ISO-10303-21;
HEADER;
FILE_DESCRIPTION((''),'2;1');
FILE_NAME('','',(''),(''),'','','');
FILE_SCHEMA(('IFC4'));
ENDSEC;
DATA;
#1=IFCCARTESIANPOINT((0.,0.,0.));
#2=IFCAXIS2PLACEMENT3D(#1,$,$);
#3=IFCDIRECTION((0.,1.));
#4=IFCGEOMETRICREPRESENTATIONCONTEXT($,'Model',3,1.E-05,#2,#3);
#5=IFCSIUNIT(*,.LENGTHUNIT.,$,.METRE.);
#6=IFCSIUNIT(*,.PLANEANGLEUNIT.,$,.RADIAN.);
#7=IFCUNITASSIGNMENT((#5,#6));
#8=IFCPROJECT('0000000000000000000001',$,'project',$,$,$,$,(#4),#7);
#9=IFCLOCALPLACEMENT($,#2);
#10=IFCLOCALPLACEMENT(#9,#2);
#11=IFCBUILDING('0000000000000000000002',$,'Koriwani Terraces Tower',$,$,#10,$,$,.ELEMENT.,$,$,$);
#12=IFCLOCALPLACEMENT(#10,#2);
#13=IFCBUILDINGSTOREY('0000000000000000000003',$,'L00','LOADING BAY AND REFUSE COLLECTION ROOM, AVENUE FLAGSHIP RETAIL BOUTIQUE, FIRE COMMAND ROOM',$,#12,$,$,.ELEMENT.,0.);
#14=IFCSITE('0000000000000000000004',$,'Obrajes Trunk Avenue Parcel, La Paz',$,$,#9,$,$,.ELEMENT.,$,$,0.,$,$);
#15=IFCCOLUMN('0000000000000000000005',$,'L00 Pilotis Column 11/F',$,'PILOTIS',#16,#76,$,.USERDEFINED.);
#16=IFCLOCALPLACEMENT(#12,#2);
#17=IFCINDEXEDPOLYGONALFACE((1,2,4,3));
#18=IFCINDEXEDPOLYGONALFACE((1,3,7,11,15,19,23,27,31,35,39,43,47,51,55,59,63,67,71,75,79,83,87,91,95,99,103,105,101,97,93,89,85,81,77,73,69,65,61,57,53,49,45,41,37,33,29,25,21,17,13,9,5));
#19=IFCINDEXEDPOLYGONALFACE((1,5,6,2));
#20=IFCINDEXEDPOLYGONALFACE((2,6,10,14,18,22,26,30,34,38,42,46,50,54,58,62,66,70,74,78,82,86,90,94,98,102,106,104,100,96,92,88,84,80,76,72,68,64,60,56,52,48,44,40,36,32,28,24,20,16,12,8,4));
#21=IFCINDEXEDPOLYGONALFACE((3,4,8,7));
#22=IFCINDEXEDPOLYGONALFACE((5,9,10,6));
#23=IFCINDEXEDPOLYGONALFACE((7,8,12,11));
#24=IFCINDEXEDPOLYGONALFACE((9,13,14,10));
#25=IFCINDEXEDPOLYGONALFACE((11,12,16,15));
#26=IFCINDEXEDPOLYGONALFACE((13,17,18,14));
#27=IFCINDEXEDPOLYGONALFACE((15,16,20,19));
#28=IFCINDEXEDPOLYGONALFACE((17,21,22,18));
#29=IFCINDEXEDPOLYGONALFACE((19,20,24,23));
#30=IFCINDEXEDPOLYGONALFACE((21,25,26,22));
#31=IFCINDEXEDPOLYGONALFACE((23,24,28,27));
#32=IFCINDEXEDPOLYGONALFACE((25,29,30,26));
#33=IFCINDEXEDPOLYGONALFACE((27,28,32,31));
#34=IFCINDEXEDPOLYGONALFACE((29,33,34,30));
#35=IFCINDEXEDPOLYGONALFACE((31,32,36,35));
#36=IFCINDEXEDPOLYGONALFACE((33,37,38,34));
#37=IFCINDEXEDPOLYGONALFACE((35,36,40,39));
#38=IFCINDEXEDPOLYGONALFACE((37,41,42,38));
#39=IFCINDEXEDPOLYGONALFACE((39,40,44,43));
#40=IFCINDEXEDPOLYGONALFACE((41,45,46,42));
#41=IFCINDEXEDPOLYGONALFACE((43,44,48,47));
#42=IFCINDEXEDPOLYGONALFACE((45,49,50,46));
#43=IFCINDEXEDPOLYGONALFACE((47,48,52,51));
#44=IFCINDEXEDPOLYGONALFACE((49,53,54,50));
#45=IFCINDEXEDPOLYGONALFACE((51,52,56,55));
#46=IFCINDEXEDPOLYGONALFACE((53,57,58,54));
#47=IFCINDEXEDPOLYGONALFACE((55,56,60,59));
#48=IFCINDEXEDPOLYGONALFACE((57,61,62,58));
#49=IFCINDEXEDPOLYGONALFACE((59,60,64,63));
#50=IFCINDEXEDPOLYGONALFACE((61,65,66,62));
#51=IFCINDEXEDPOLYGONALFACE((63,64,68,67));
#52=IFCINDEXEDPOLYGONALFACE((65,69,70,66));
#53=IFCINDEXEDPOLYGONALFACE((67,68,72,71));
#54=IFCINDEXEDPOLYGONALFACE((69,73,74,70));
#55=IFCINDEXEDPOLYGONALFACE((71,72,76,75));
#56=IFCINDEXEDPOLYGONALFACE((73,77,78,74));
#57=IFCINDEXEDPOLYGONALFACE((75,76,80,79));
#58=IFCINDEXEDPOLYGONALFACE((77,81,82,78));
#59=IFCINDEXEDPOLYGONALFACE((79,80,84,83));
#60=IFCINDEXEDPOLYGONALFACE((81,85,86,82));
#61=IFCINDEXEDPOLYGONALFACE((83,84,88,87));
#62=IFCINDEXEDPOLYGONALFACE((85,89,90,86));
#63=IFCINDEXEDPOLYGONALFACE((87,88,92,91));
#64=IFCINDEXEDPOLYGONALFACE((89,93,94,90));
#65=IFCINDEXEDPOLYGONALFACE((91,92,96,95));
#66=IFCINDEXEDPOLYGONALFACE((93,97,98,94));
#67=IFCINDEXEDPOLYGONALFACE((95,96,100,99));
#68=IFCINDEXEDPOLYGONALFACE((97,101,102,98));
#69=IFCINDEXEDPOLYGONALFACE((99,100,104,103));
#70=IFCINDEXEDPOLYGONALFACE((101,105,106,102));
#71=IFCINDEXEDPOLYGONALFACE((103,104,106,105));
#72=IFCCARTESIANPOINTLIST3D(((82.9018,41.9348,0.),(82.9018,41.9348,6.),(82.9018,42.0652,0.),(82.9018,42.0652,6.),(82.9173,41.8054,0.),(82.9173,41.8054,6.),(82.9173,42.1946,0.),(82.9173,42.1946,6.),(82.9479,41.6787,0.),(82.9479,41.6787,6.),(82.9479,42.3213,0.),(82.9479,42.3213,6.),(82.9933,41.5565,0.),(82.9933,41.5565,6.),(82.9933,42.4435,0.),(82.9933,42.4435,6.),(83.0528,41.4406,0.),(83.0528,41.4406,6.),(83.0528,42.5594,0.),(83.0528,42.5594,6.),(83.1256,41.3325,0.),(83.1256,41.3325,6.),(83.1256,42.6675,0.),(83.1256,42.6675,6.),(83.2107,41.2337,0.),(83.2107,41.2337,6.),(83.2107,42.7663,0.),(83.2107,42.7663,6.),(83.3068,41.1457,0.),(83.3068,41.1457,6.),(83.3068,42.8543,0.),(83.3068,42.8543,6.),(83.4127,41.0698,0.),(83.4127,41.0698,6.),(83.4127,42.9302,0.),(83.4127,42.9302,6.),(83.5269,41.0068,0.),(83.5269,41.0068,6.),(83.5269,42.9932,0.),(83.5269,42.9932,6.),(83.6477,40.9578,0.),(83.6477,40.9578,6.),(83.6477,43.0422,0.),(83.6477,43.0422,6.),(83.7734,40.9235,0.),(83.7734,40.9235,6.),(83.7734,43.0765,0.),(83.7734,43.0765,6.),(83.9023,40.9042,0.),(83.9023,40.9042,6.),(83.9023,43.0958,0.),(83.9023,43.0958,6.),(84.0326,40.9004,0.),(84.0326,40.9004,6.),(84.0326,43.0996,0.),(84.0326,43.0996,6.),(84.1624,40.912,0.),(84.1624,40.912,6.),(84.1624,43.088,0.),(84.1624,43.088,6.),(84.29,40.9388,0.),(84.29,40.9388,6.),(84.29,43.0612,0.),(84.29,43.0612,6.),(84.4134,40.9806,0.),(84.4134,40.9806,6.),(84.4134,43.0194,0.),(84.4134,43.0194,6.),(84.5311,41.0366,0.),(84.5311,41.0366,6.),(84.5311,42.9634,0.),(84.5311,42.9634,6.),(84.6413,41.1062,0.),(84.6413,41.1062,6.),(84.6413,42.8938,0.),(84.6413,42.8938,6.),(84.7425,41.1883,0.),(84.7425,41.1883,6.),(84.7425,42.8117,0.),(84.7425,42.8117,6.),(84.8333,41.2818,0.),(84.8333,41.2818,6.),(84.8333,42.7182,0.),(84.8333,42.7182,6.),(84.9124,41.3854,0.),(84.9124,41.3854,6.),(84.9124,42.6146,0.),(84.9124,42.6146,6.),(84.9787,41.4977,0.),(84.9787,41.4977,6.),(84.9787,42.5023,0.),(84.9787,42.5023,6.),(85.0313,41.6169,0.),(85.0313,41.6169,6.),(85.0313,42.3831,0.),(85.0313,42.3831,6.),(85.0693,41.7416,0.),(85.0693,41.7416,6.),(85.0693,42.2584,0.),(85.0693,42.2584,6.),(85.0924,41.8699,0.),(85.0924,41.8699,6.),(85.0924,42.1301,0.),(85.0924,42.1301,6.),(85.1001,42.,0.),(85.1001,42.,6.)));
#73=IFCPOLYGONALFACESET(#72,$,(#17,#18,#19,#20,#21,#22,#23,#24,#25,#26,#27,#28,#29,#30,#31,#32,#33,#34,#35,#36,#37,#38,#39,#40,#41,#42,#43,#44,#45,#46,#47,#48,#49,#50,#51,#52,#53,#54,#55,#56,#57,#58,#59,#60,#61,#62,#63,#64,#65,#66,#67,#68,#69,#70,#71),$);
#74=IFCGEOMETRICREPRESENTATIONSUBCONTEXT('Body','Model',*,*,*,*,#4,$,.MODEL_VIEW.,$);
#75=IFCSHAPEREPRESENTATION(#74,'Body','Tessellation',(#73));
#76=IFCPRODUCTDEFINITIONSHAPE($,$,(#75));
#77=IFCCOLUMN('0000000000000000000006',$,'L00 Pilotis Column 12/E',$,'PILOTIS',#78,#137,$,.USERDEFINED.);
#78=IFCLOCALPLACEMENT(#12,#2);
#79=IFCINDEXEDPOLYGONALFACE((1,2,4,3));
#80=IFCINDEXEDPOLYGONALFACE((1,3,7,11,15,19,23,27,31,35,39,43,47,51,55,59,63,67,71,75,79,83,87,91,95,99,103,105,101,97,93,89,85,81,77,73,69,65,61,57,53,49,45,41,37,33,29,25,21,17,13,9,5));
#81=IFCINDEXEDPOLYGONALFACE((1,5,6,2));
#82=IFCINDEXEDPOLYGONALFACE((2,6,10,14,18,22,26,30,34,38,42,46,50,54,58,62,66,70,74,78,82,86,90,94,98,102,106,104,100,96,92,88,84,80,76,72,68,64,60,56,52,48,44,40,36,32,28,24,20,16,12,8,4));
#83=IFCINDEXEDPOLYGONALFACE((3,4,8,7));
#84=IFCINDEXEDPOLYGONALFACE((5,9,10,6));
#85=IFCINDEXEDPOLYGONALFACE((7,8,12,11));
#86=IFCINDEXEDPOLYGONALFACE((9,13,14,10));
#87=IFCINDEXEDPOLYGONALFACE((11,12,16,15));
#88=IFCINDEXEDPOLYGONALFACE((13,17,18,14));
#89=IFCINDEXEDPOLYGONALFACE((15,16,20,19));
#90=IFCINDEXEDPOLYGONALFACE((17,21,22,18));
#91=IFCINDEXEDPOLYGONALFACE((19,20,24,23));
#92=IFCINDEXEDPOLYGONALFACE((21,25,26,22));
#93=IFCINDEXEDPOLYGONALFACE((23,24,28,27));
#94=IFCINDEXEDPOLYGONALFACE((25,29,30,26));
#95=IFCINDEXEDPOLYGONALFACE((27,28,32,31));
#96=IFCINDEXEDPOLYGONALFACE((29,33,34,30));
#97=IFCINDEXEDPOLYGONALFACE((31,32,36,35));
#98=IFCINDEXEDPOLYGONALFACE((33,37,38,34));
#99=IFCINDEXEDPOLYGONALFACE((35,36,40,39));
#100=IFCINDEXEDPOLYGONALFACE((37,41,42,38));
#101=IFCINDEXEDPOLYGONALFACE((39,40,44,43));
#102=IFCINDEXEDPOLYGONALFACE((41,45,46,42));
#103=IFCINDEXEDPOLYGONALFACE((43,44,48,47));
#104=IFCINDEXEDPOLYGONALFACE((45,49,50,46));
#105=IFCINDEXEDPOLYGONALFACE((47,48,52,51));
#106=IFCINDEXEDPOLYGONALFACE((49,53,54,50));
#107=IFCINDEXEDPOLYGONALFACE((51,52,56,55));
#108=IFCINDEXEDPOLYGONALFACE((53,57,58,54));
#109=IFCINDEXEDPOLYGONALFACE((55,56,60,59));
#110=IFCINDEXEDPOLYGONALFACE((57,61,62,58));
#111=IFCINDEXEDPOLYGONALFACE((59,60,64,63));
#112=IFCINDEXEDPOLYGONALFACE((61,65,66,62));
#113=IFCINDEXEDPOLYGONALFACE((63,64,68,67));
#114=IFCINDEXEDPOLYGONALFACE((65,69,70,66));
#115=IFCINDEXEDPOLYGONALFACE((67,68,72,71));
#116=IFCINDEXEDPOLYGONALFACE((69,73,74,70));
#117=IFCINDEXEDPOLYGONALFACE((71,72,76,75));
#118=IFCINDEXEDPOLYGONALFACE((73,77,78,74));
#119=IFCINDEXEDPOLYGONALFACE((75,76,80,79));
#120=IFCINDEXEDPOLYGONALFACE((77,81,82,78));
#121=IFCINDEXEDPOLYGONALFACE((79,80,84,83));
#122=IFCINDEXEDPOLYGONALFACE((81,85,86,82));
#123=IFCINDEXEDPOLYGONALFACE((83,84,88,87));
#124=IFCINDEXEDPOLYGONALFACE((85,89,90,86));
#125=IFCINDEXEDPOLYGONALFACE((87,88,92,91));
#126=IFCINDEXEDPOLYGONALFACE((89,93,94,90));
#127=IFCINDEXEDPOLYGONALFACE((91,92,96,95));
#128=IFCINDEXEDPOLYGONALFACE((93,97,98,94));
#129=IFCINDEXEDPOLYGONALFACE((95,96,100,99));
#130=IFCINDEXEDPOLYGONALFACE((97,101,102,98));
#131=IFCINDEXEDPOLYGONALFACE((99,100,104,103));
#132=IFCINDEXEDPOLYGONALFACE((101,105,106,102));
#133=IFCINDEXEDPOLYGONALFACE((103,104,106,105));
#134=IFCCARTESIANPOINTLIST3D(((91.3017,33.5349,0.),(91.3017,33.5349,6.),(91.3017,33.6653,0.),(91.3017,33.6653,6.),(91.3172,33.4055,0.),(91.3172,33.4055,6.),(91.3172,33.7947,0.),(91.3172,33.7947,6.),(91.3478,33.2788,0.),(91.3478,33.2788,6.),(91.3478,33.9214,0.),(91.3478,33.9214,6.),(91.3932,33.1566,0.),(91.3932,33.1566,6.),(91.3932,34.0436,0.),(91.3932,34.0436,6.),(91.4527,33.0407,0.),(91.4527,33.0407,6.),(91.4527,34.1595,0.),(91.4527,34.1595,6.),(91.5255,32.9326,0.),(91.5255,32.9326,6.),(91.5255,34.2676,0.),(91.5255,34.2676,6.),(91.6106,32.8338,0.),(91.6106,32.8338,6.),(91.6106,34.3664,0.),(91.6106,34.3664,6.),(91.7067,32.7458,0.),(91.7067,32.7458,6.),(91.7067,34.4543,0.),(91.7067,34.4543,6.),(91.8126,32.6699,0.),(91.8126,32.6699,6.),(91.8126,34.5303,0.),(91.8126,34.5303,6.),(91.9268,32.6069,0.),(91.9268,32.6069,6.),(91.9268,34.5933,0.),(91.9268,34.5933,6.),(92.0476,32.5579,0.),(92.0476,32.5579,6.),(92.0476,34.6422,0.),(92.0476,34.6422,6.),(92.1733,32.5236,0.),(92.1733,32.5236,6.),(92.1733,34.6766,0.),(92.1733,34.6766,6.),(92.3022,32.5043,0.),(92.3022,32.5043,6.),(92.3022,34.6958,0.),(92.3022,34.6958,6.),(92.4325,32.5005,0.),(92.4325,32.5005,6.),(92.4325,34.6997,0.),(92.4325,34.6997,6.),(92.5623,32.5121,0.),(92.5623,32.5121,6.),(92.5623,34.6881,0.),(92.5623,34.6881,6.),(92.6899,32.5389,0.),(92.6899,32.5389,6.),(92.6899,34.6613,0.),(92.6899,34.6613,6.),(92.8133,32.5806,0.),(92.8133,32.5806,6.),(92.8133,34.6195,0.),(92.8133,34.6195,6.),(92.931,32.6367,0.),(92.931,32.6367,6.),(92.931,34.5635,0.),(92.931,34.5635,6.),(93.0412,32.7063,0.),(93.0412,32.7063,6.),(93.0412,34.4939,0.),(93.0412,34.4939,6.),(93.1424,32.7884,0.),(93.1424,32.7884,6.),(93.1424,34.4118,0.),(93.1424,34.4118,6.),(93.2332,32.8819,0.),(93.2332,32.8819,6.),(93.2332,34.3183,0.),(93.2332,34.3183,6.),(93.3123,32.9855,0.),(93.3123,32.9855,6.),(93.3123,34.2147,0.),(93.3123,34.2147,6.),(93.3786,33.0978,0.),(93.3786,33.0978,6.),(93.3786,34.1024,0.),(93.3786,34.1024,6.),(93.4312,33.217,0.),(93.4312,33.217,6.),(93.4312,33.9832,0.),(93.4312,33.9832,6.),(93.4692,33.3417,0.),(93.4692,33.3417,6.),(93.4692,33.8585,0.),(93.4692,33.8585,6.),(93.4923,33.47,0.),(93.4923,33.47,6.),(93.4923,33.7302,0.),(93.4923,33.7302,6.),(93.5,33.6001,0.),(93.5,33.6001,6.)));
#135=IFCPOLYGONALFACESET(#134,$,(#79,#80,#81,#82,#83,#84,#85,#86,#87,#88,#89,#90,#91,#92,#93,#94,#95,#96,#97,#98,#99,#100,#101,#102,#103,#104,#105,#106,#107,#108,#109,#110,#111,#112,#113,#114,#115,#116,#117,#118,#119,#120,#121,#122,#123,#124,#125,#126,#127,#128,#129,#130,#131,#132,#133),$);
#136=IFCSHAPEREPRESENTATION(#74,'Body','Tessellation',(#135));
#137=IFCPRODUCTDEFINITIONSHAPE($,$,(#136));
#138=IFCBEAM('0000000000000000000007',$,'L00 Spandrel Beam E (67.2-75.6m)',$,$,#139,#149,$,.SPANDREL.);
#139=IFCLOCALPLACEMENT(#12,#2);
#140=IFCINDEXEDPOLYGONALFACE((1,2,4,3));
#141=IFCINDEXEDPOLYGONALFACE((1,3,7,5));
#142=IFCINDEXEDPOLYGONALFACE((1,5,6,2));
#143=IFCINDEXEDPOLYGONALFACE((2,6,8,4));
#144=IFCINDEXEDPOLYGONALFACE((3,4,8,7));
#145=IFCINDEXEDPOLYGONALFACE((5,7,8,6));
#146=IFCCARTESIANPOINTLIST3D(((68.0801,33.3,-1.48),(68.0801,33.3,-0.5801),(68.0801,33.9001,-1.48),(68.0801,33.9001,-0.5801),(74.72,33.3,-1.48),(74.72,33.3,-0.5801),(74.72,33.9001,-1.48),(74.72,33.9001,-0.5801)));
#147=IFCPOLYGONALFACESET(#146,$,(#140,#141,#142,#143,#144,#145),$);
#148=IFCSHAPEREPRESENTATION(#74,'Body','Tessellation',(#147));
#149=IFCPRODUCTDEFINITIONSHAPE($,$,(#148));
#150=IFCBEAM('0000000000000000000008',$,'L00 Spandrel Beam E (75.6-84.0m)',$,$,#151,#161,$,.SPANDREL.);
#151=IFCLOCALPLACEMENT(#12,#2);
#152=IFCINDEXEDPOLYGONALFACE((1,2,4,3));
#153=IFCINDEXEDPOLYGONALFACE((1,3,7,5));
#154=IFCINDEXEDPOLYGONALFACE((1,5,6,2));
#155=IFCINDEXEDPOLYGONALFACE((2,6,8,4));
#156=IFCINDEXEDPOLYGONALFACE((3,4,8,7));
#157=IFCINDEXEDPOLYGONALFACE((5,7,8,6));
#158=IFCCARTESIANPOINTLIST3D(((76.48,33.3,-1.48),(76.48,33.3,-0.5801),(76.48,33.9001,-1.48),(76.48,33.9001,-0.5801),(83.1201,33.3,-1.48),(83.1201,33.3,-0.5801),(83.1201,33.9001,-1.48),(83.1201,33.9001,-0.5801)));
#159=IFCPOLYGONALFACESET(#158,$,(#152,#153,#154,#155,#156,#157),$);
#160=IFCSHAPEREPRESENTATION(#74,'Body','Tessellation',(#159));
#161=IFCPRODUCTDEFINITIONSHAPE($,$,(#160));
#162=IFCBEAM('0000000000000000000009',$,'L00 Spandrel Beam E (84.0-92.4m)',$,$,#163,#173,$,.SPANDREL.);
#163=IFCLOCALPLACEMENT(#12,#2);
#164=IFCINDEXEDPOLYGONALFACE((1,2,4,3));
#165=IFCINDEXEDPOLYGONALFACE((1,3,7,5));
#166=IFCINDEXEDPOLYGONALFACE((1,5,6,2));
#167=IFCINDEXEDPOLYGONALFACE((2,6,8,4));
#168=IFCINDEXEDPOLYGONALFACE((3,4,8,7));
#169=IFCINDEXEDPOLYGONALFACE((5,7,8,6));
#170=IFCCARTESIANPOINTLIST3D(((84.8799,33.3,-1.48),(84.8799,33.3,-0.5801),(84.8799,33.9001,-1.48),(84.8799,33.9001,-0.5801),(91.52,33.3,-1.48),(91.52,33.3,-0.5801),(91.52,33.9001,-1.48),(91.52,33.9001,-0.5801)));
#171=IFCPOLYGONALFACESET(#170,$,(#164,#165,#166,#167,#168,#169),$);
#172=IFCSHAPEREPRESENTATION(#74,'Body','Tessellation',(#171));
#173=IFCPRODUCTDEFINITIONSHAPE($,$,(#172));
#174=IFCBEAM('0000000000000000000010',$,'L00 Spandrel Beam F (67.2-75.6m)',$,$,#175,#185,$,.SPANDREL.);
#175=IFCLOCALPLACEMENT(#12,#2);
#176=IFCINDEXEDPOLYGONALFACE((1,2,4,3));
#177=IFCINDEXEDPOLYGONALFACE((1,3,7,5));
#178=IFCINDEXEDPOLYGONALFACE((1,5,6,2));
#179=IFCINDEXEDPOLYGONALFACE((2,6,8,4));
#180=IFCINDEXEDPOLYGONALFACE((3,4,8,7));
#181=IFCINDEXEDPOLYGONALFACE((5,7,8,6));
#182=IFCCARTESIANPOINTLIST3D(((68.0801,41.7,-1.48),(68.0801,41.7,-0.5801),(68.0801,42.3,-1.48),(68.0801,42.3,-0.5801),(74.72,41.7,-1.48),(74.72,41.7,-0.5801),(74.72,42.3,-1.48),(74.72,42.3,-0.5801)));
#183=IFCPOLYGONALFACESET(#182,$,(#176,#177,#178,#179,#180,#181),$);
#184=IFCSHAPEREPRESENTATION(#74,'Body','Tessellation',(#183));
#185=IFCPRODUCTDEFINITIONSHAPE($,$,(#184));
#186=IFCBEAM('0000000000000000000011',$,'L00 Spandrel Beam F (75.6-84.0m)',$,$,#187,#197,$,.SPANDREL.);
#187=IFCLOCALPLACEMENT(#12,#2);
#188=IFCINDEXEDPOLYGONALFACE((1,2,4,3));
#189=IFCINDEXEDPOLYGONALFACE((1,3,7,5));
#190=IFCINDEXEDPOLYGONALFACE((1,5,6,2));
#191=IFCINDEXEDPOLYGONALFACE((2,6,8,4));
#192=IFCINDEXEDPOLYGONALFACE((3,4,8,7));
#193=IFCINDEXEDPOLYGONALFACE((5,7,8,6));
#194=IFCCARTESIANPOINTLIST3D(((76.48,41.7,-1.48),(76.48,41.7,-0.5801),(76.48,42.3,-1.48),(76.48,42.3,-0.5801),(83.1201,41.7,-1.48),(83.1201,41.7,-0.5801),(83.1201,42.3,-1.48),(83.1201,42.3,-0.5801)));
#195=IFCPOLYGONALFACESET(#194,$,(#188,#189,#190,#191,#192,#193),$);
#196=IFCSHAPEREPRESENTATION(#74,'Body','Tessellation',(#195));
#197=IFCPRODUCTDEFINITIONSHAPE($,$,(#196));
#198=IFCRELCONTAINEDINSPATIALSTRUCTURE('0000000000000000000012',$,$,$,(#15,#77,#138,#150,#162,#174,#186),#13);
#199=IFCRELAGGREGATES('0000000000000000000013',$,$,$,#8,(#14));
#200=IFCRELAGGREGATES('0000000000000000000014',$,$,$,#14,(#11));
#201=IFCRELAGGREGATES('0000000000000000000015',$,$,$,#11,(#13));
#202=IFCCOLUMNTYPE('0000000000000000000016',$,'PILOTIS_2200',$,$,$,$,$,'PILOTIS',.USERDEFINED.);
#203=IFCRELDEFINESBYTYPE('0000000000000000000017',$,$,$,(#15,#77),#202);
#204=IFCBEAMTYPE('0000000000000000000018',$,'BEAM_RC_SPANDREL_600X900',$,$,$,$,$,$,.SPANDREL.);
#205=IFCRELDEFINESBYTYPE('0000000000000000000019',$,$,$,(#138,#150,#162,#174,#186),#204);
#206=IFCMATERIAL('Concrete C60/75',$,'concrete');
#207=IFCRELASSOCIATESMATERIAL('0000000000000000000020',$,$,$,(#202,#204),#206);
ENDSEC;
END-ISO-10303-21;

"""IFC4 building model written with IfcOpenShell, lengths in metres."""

from ifc_helpers import new_model, si_unit, direction, frame, origin, origin_2d, place, context, subcontext, project, spatial, rectangle, circle, extrude, material, material_profile, profile_set, type_object, element, save


model = new_model("IFC4")

# Units and contexts
model_context = context("Model", 3, precision=1e-05, world=origin(), true_north=direction((0.0, 1.0)))
body_context = subcontext(model_context, "Body", "Model", "MODEL_VIEW")
ifc_project = project(units=[si_unit("LENGTHUNIT", "METRE"), si_unit("PLANEANGLEUNIT", "RADIAN")], contexts=[model_context])

# Site, building, storey
site_placement = place(None, origin())
site = spatial("IfcSite", under=ifc_project, at=site_placement, Name="Obrajes Trunk Avenue Parcel, La Paz", CompositionType="ELEMENT", RefElevation=0.0)
building_placement = place(site_placement, origin())
building = spatial("IfcBuilding", under=site, at=building_placement, Name="Koriwani Terraces Tower", CompositionType="ELEMENT")
storey_placement = place(building_placement, origin())
storey = spatial("IfcBuildingStorey", under=building, at=storey_placement, Name="L00", Description="LOADING BAY AND REFUSE COLLECTION ROOM, AVENUE FLAGSHIP RETAIL BOUTIQUE, FIRE COMMAND ROOM", CompositionType="ELEMENT", Elevation=0.0)

# Columns
ifc_material_1 = material(Name="Concrete C60/75", Category="concrete")
ifc_material_profile_1 = material_profile(ifc_material_1, circle(Radius=1.1001, at=origin_2d()), Name="Concrete C60/75", Category="LoadBearing")
ifc_profile_set_1 = profile_set([ifc_material_profile_1], Name="Concrete C60/75")
column_type_1 = type_object("IfcColumnType", Name="PILOTIS_2200", ElementType="PILOTIS", PredefinedType="USERDEFINED", material=ifc_profile_set_1)
for number, where, z_axis, x_axis, name in (
    (1, (84.0, 42.0, 0.0), (0.0, 0.0, 1.0), (1.0, 0.0, 0.0), "L00 Pilotis Column 11/F"),
    (2, (92.3999, 33.6001, 0.0), (0.0, 0.0, 1.0), (1.0, 0.0, 0.0), "L00 Pilotis Column 12/E"),
):
    element("IfcColumn", number, at=place(storey_placement, frame(where, z_axis=z_axis, x_axis=x_axis)), inside=storey, type_object=column_type_1, Name=name, ObjectType="PILOTIS", PredefinedType="USERDEFINED", context=body_context, shape_type="SweptSolid", body=[
        extrude(circle(Radius=1.1001, at=origin_2d()), origin(), (0.0, 0.0, 1.0), 6.0),
    ])

# Beams
ifc_material_profile_2 = material_profile(ifc_material_1, rectangle(XDim=0.6001, YDim=0.8999, at=origin_2d()), Name="Concrete C60/75", Category="LoadBearing")
ifc_profile_set_2 = profile_set([ifc_material_profile_2], Name="Concrete C60/75")
beam_type_1 = type_object("IfcBeamType", Name="BEAM_RC_SPANDREL_600X900", PredefinedType="SPANDREL", material=ifc_profile_set_2)
beam_1_placement = place(storey_placement, frame((68.0801, 33.6001, -1.03), z_axis=(1.0, 0.0, 0.0), x_axis=(0.0, 1.0, 0.0)))
element("IfcBeam", 3, at=beam_1_placement, inside=storey, type_object=beam_type_1, Name="L00 Spandrel Beam E (67.2-75.6m)", PredefinedType="SPANDREL", context=body_context, shape_type="SweptSolid", body=[
    extrude(rectangle(XDim=0.6001, YDim=0.8999, at=origin_2d()), origin(), (0.0, 0.0, 1.0), 6.6399),
])
for number, where, z_axis, x_axis, name in (
    (4, (76.48, 33.6001, -1.03), (1.0, 0.0, 0.0), (0.0, 1.0, 0.0), "L00 Spandrel Beam E (75.6-84.0m)"),
    (5, (84.8799, 33.6001, -1.03), (1.0, 0.0, 0.0), (0.0, 1.0, 0.0), "L00 Spandrel Beam E (84.0-92.4m)"),
):
    element("IfcBeam", number, at=place(storey_placement, frame(where, z_axis=z_axis, x_axis=x_axis)), inside=storey, type_object=beam_type_1, Name=name, PredefinedType="SPANDREL", context=body_context, shape_type="SweptSolid", body=[
        extrude(rectangle(XDim=0.6001, YDim=0.8999, at=origin_2d()), origin(), (0.0, 0.0, 1.0), 6.6401),
    ])
beam_2_placement = place(storey_placement, frame((68.0801, 42.0, -1.03), z_axis=(1.0, 0.0, 0.0), x_axis=(0.0, 1.0, 0.0)))
element("IfcBeam", 6, at=beam_2_placement, inside=storey, type_object=beam_type_1, Name="L00 Spandrel Beam F (67.2-75.6m)", PredefinedType="SPANDREL", context=body_context, shape_type="SweptSolid", body=[
    extrude(rectangle(XDim=0.6001, YDim=0.8999, at=origin_2d()), origin(), (0.0, 0.0, 1.0), 6.6399),
])
for number, where, z_axis, x_axis, name in (
    (7, (76.48, 42.0, -1.03), (1.0, 0.0, 0.0), (0.0, 1.0, 0.0), "L00 Spandrel Beam F (75.6-84.0m)"),
):
    element("IfcBeam", number, at=place(storey_placement, frame(where, z_axis=z_axis, x_axis=x_axis)), inside=storey, type_object=beam_type_1, Name=name, PredefinedType="SPANDREL", context=body_context, shape_type="SweptSolid", body=[
        extrude(rectangle(XDim=0.6001, YDim=0.8999, at=origin_2d()), origin(), (0.0, 0.0, 1.0), 6.6401),
    ])

save(model, "model.ifc")
